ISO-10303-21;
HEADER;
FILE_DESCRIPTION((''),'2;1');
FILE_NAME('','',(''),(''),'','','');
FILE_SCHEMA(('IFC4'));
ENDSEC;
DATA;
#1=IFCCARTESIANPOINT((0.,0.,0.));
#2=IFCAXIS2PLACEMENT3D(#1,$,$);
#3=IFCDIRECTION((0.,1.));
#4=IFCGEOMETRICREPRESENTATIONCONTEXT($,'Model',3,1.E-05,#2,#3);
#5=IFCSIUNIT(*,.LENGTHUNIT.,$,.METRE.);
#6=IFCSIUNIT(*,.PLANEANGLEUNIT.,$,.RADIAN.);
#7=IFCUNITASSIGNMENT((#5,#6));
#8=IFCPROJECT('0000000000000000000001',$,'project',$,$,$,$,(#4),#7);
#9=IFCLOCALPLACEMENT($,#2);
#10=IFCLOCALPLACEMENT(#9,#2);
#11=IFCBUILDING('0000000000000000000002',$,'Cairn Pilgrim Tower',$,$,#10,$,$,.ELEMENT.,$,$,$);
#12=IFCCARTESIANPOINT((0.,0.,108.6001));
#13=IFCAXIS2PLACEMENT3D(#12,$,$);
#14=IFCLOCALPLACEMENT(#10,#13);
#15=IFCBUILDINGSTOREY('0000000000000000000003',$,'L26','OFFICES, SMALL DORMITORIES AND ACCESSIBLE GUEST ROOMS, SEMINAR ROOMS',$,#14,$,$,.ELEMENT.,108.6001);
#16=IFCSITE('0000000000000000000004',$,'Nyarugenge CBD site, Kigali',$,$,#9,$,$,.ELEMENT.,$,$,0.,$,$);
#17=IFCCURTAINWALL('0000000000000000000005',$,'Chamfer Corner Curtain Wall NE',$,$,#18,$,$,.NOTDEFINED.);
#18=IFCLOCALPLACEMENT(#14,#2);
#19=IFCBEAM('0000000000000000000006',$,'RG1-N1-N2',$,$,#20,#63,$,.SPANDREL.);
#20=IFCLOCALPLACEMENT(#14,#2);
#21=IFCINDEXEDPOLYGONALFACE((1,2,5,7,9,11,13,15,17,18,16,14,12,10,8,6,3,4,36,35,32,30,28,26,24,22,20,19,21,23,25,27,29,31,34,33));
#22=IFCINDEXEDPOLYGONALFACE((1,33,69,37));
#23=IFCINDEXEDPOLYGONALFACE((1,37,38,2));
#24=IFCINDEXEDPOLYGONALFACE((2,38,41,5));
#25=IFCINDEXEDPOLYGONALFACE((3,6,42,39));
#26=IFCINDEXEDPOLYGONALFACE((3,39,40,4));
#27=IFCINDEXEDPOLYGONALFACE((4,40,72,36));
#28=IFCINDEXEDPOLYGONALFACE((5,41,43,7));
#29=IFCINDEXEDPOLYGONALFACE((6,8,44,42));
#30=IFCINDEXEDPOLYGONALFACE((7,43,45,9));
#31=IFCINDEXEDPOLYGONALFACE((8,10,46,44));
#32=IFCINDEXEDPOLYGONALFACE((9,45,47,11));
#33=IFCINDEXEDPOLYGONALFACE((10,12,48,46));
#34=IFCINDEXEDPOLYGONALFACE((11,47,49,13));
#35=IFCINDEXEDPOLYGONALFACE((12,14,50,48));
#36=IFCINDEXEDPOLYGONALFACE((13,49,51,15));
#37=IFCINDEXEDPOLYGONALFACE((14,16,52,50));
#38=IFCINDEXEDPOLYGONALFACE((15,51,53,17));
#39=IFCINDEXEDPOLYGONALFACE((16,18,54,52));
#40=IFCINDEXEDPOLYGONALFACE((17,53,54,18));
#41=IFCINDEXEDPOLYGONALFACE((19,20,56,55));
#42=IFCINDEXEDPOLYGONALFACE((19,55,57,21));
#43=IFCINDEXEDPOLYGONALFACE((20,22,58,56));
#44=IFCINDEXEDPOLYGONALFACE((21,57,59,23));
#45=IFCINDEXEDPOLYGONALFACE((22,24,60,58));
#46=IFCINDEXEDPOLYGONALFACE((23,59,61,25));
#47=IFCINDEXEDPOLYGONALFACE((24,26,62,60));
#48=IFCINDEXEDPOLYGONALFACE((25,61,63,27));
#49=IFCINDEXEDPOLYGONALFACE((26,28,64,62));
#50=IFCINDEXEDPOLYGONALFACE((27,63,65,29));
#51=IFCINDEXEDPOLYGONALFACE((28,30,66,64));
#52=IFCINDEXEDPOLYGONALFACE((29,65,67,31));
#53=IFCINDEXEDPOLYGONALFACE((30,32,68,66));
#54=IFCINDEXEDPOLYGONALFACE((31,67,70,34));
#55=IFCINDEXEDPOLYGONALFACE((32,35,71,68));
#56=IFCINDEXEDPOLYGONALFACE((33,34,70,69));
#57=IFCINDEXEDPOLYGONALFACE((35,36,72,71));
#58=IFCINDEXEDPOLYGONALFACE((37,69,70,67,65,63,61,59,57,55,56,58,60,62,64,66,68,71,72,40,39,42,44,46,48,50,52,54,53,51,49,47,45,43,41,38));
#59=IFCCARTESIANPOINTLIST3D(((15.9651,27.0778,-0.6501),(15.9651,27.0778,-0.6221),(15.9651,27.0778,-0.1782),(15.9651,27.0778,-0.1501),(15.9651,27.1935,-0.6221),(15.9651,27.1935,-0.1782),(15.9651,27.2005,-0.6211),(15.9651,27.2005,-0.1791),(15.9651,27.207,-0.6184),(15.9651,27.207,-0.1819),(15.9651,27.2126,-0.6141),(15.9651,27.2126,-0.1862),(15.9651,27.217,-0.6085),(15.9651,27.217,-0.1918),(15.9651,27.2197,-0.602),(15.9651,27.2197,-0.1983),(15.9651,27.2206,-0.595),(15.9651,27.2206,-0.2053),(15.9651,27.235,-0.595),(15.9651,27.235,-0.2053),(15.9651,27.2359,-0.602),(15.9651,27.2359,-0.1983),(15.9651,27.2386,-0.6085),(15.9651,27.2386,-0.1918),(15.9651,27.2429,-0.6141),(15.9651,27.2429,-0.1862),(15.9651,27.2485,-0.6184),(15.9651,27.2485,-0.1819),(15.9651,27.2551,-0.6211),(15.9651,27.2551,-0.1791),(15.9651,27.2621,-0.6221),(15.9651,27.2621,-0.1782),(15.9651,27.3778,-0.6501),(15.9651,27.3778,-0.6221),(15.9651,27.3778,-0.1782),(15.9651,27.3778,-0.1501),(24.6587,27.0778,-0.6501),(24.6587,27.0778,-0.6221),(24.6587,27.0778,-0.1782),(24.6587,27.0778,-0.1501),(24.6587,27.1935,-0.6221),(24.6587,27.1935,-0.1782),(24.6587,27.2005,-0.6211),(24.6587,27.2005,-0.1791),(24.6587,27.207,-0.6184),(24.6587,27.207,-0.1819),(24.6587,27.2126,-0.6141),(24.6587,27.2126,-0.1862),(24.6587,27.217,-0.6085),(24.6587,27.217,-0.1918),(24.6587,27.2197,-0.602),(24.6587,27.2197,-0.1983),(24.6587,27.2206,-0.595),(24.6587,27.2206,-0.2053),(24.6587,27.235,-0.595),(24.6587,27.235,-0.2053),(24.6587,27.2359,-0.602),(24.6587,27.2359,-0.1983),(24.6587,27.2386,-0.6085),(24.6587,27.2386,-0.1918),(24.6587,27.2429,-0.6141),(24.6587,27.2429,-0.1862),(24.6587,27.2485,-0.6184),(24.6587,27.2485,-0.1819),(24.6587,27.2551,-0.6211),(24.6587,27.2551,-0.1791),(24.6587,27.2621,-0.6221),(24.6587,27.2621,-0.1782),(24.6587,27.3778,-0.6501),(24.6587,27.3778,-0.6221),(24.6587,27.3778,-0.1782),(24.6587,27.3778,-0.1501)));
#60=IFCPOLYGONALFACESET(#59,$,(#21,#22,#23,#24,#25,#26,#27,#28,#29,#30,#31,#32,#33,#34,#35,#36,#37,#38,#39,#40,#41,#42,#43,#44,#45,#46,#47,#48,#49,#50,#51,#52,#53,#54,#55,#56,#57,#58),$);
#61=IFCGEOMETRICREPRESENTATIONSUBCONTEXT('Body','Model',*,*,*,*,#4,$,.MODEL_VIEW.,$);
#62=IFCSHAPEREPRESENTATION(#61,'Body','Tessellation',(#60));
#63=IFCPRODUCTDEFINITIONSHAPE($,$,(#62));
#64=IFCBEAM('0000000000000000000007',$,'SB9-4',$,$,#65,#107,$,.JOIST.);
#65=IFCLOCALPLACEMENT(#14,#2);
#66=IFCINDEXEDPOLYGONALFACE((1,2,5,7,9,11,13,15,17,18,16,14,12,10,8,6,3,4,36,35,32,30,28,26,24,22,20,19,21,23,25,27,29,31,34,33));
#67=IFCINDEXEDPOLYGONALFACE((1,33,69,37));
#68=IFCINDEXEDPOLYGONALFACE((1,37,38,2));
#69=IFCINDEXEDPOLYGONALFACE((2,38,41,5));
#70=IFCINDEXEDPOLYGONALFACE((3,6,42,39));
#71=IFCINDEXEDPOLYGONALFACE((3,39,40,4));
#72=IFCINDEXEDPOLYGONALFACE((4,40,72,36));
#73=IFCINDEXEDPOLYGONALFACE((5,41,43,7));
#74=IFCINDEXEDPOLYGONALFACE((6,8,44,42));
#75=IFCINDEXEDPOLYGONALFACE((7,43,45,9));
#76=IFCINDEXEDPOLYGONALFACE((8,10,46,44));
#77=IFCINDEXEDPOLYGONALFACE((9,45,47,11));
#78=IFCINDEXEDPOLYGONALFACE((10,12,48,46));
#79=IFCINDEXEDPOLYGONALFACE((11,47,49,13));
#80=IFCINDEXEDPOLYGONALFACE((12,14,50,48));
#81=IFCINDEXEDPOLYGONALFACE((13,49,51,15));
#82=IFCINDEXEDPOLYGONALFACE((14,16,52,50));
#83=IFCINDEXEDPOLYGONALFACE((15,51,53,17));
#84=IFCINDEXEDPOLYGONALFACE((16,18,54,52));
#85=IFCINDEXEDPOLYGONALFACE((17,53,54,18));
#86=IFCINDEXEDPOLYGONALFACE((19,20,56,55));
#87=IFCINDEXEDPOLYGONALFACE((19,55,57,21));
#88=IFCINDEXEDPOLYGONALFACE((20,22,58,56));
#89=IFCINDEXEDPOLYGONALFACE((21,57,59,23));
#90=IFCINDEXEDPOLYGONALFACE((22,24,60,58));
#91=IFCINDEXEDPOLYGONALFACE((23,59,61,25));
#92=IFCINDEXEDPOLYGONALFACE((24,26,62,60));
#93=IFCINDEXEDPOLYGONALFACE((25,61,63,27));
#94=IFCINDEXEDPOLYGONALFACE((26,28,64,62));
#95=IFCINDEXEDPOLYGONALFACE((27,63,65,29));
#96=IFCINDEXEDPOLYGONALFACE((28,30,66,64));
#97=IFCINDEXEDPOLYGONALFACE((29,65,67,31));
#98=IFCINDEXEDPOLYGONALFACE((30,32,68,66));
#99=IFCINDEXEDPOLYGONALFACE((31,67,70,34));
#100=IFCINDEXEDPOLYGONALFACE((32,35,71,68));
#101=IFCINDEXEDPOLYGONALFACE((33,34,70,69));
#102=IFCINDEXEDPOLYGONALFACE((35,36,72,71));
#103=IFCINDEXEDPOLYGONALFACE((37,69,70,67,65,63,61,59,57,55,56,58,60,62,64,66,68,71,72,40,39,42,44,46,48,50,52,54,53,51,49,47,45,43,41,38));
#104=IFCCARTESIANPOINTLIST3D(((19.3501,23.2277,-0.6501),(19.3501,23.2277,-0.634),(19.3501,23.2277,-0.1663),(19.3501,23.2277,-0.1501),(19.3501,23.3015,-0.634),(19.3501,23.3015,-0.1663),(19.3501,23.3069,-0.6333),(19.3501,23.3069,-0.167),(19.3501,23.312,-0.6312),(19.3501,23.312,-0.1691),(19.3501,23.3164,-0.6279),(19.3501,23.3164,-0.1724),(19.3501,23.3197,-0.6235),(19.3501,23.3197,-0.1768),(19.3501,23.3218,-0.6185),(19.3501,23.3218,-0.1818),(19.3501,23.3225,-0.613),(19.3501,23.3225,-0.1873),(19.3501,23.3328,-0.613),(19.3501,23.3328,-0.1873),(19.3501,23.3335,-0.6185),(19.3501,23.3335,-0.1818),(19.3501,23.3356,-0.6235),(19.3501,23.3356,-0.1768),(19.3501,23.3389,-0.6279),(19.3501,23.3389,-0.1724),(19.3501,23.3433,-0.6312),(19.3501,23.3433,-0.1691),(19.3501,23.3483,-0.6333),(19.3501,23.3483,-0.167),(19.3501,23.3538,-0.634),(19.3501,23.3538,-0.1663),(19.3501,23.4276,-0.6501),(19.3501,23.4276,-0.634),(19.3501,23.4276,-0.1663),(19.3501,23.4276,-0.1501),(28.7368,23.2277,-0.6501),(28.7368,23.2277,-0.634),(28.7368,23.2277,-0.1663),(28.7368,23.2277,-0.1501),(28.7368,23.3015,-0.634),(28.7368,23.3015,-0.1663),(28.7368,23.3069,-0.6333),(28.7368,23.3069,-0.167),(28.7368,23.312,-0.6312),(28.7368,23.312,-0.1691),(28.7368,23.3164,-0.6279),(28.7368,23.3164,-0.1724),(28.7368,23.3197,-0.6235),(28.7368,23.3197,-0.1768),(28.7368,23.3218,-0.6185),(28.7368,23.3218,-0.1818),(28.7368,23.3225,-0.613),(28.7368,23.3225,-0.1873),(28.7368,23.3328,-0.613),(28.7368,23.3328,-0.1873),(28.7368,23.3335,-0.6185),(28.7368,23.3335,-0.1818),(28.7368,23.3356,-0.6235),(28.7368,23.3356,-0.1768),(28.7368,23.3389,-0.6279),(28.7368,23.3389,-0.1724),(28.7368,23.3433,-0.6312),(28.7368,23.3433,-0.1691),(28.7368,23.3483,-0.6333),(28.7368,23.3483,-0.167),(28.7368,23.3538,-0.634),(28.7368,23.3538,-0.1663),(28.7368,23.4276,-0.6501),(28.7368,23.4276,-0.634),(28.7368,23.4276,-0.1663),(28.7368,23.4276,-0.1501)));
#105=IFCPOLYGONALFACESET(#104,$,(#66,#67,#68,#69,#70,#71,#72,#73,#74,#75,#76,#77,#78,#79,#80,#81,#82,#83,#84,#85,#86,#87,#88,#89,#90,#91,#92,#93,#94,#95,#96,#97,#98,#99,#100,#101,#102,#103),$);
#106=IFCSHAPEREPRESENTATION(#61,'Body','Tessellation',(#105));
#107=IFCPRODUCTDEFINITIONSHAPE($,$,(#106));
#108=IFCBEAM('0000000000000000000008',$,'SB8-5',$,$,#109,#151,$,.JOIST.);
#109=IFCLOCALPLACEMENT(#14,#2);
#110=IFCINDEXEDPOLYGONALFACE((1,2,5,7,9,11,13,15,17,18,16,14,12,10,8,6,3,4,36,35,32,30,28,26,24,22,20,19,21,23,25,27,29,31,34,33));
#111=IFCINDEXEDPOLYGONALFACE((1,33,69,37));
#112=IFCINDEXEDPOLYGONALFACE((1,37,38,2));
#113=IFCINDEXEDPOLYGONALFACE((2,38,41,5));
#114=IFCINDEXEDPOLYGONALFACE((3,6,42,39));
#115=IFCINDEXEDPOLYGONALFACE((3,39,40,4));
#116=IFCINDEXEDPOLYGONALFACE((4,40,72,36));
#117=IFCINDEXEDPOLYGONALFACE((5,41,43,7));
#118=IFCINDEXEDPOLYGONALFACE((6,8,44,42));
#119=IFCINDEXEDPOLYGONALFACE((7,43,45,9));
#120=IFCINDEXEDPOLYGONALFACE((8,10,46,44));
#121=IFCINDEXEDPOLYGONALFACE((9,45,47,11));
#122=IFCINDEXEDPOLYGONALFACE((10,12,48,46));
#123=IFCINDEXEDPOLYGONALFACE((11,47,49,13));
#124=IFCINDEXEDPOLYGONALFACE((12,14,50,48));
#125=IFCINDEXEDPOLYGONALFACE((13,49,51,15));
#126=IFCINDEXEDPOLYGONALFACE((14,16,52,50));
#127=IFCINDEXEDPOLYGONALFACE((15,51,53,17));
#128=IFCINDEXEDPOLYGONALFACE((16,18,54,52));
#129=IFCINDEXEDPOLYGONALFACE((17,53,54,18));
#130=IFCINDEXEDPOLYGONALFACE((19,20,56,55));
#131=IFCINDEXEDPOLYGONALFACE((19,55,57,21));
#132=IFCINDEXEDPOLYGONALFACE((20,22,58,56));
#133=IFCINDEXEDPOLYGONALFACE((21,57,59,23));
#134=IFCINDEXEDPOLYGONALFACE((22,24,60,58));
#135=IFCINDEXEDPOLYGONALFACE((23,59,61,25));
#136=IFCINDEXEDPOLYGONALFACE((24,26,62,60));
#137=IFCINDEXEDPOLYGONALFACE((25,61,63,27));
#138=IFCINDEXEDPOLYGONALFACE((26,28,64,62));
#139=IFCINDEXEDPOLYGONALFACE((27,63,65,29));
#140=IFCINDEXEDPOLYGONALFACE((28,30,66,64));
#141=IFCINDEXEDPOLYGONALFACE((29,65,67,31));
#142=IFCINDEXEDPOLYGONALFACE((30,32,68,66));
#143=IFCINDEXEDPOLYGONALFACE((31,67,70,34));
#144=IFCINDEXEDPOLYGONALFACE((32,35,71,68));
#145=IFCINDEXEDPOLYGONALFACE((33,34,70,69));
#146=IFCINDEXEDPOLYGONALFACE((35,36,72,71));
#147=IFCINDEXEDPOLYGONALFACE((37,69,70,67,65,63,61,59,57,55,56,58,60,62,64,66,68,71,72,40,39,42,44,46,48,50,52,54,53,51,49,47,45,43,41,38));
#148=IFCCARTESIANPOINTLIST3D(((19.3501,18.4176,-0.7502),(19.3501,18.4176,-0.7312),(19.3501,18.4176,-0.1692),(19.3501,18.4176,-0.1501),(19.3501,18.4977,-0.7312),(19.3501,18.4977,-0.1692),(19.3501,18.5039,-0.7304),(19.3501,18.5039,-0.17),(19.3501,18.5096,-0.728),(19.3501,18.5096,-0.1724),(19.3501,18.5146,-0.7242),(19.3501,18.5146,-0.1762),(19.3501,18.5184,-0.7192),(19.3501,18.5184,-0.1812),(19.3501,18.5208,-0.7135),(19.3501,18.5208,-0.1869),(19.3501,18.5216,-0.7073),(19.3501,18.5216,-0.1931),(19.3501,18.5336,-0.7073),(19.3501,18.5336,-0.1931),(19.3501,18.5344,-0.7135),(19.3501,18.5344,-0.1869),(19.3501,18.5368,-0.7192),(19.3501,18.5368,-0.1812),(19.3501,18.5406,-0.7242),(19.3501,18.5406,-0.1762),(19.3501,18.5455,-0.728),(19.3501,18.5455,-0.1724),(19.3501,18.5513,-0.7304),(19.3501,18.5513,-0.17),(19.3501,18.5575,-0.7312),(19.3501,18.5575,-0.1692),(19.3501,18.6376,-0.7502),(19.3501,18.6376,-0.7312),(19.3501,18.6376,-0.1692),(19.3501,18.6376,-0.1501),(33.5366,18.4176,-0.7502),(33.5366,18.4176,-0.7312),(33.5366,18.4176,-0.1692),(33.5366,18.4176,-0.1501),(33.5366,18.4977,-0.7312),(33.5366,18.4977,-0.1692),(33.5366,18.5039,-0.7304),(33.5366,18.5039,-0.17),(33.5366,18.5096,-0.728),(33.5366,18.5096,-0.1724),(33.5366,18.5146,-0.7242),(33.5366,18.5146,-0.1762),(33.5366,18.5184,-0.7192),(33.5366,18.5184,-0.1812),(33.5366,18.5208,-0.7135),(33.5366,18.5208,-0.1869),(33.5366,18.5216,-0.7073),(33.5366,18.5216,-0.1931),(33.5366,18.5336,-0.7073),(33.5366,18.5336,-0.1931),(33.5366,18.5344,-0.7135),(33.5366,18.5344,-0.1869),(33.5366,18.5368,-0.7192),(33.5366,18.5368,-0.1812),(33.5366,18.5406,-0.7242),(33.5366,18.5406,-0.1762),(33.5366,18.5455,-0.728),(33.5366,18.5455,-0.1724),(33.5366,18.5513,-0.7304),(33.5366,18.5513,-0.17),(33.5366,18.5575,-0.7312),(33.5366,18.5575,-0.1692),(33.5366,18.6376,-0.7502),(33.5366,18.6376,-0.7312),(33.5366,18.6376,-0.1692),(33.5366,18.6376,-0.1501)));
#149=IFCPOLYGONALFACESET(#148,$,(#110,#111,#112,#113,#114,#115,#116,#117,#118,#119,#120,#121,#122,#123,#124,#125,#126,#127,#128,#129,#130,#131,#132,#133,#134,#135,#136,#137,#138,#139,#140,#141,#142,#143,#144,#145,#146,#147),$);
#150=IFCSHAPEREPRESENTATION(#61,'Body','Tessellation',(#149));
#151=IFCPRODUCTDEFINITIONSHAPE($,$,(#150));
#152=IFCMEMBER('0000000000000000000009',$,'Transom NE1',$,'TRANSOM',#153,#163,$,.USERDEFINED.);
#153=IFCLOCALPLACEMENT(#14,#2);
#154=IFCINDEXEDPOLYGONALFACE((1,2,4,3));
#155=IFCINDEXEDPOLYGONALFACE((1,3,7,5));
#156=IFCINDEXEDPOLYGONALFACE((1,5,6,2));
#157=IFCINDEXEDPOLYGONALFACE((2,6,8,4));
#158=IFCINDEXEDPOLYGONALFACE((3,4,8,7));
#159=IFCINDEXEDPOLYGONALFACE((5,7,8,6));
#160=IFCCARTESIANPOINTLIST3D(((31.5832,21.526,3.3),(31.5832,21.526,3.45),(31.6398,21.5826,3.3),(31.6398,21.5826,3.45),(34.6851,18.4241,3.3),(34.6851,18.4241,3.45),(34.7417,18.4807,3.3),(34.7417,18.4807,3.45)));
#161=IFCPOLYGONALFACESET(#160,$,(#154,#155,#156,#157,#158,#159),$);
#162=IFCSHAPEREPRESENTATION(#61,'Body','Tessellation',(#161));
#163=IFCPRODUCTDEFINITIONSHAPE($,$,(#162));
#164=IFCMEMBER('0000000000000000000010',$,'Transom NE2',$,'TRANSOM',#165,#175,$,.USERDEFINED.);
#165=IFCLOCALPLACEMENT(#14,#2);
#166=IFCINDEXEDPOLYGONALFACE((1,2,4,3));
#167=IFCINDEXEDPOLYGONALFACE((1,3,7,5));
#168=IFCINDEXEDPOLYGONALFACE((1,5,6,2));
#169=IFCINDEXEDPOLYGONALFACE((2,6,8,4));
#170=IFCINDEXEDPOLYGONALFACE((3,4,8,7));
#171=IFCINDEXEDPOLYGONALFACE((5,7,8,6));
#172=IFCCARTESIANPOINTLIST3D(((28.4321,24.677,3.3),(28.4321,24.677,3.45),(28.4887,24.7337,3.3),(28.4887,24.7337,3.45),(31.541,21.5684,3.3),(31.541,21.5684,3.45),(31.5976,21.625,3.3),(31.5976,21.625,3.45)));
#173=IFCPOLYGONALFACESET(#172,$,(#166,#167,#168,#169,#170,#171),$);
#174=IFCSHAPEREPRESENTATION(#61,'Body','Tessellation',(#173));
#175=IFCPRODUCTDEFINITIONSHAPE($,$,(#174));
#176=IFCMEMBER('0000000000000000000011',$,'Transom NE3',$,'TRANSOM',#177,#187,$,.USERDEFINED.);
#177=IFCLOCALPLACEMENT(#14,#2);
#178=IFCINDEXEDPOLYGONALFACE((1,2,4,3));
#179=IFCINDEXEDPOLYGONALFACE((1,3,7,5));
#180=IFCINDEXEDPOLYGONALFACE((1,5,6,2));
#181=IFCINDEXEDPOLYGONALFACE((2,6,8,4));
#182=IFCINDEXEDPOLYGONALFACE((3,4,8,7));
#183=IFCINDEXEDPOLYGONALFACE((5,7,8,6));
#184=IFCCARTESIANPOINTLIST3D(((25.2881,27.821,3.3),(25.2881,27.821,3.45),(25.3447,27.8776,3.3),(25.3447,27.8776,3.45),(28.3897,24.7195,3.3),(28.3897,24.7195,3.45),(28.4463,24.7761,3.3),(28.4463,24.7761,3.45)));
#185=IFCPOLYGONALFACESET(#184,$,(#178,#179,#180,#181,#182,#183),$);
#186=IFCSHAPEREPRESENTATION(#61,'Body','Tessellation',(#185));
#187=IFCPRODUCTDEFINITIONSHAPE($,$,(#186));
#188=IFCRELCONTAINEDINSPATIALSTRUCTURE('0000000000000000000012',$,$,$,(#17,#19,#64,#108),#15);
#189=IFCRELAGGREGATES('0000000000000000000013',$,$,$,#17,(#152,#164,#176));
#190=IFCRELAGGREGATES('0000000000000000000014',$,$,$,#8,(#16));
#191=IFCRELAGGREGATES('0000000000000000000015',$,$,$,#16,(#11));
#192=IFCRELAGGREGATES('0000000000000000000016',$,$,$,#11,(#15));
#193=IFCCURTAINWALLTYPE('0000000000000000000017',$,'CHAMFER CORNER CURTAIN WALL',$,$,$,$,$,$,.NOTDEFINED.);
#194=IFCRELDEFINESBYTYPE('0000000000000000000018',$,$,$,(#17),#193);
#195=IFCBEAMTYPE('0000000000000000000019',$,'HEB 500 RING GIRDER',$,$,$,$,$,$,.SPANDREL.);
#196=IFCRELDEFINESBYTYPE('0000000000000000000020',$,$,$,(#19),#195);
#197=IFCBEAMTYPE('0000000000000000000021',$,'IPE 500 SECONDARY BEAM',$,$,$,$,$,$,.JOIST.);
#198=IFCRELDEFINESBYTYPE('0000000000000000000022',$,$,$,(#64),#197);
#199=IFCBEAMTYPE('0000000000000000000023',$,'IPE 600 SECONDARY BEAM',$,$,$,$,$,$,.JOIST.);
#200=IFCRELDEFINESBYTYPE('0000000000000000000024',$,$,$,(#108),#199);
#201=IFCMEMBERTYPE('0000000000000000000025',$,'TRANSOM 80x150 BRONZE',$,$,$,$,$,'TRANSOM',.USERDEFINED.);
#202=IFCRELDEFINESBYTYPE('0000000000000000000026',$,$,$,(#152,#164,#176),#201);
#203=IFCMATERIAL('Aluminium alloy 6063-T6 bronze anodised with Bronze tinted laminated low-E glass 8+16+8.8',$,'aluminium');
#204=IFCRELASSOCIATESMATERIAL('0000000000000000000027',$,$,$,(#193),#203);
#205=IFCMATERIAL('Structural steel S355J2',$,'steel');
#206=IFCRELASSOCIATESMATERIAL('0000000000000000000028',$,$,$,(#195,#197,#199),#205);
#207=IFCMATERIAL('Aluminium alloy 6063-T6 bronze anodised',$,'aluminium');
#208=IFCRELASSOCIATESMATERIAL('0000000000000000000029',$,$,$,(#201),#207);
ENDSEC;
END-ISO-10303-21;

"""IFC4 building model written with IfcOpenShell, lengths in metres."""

from ifc_helpers import new_model, si_unit, direction, frame, origin, origin_2d, place, context, subcontext, project, spatial, rectangle, i_section, extrude, material, material_profile, profile_set, type_object, element, aggregate, save


model = new_model("IFC4")

# Units and contexts
model_context = context("Model", 3, precision=1e-05, world=origin(), true_north=direction((0.0, 1.0)))
body_context = subcontext(model_context, "Body", "Model", "MODEL_VIEW")
ifc_project = project(units=[si_unit("LENGTHUNIT", "METRE"), si_unit("PLANEANGLEUNIT", "RADIAN")], contexts=[model_context])

# Site, building, storey
site_placement = place(None, origin())
site = spatial("IfcSite", under=ifc_project, at=site_placement, Name="Nyarugenge CBD site, Kigali", CompositionType="ELEMENT", RefElevation=0.0)
building_placement = place(site_placement, origin())
building = spatial("IfcBuilding", under=site, at=building_placement, Name="Cairn Pilgrim Tower", CompositionType="ELEMENT")
storey_placement = place(building_placement, frame((0.0, 0.0, 108.6001)))
storey = spatial("IfcBuildingStorey", under=building, at=storey_placement, Name="L26", Description="OFFICES, SMALL DORMITORIES AND ACCESSIBLE GUEST ROOMS, SEMINAR ROOMS", CompositionType="ELEMENT", Elevation=108.6001)

# Shared definitions
ifc_material_1 = material(Name="Structural steel S355J2", Category="steel")

# Curtain wall
ifc_material_2 = material(Name="Aluminium alloy 6063-T6 bronze anodised with Bronze tinted laminated low-E glass 8+16+8.8", Category="aluminium")
curtain_wall_type_1 = type_object("IfcCurtainWallType", Name="CHAMFER CORNER CURTAIN WALL", PredefinedType="NOTDEFINED", material=ifc_material_2)
curtain_wall_1_placement = place(storey_placement, origin())
curtain_wall_1 = element("IfcCurtainWall", 1, at=curtain_wall_1_placement, inside=storey, type_object=curtain_wall_type_1, Name="Chamfer Corner Curtain Wall NE", PredefinedType="NOTDEFINED")
ifc_material_3 = material(Name="Aluminium alloy 6063-T6 bronze anodised", Category="aluminium")

# Beams
ifc_material_profile_1 = material_profile(ifc_material_1, i_section(OverallWidth=0.3, OverallDepth=0.5, WebThickness=0.0144, FlangeThickness=0.0281, FilletRadius=0.0271, at=origin_2d()), Name="HEB 500")
ifc_profile_set_1 = profile_set([ifc_material_profile_1], Name="Structural steel S355J2")
beam_type_1 = type_object("IfcBeamType", Name="HEB 500 RING GIRDER", PredefinedType="SPANDREL", material=ifc_profile_set_1)
beam_1_placement = place(storey_placement, frame((24.6587, 27.2278, -0.4001), z_axis=(-1.0, 0.0, 0.0), x_axis=(0.0, -1.0, 0.0)))
element("IfcBeam", 2, at=beam_1_placement, inside=storey, type_object=beam_type_1, Name="RG1-N1-N2", PredefinedType="SPANDREL", context=body_context, shape_type="SweptSolid", body=[
    extrude(i_section(OverallWidth=0.3, OverallDepth=0.5, WebThickness=0.0144, FlangeThickness=0.0281, FilletRadius=0.0271, at=origin_2d()), origin(), (0.0, 0.0, 1.0), 8.6936),
])
ifc_material_profile_2 = material_profile(ifc_material_1, i_section(OverallWidth=0.2, OverallDepth=0.5, WebThickness=0.0103, FlangeThickness=0.0161, FilletRadius=0.021, at=origin_2d()), Name="IPE 500")
ifc_profile_set_2 = profile_set([ifc_material_profile_2], Name="Structural steel S355J2")
beam_type_2 = type_object("IfcBeamType", Name="IPE 500 SECONDARY BEAM", PredefinedType="JOIST", material=ifc_profile_set_2)
beam_2_placement = place(storey_placement, frame((19.3501, 23.3276, -0.4001), z_axis=(1.0, 0.0, 0.0), x_axis=(0.0, 1.0, 0.0)))
element("IfcBeam", 3, at=beam_2_placement, inside=storey, type_object=beam_type_2, Name="SB9-4", PredefinedType="JOIST", context=body_context, shape_type="SweptSolid", body=[
    extrude(i_section(OverallWidth=0.2, OverallDepth=0.5, WebThickness=0.0103, FlangeThickness=0.0161, FilletRadius=0.021, at=origin_2d()), origin(), (0.0, 0.0, 1.0), 9.3867),
])
ifc_material_profile_3 = material_profile(ifc_material_1, i_section(OverallWidth=0.22, OverallDepth=0.6001, WebThickness=0.012, FlangeThickness=0.019, FilletRadius=0.0239, at=origin_2d()), Name="IPE 600")
ifc_profile_set_3 = profile_set([ifc_material_profile_3], Name="Structural steel S355J2")
beam_type_3 = type_object("IfcBeamType", Name="IPE 600 SECONDARY BEAM", PredefinedType="JOIST", material=ifc_profile_set_3)
beam_3_placement = place(storey_placement, frame((19.3501, 18.5276, -0.4502), z_axis=(1.0, 0.0, 0.0), x_axis=(0.0, 1.0, 0.0)))
element("IfcBeam", 4, at=beam_3_placement, inside=storey, type_object=beam_type_3, Name="SB8-5", PredefinedType="JOIST", context=body_context, shape_type="SweptSolid", body=[
    extrude(i_section(OverallWidth=0.22, OverallDepth=0.6001, WebThickness=0.012, FlangeThickness=0.019, FilletRadius=0.0239, at=origin_2d()), origin(), (0.0, 0.0, 1.0), 14.1865),
])

# Members
ifc_material_profile_4 = material_profile(ifc_material_3, rectangle(XDim=0.0801, YDim=0.1499, at=origin_2d()), Name="TRANSOM 80x150 BRONZE")
ifc_profile_set_4 = profile_set([ifc_material_profile_4], Name="Aluminium alloy 6063-T6 bronze anodised")
member_type_1 = type_object("IfcMemberType", Name="TRANSOM 80x150 BRONZE", ElementType="TRANSOM", PredefinedType="USERDEFINED", material=ifc_profile_set_4)
member_1_placement = place(storey_placement, frame((34.7134, 18.4524, 3.375), z_axis=(-0.707107, 0.707107, 0.0), x_axis=(-0.707107, -0.707107, 0.0)))
member_1 = element("IfcMember", 5, at=member_1_placement, type_object=member_type_1, Name="Transom NE1", ObjectType="TRANSOM", PredefinedType="USERDEFINED", context=body_context, shape_type="SweptSolid", body=[
    extrude(rectangle(XDim=0.0801, YDim=0.1499, at=origin_2d()), origin(), (0.0, 0.0, 1.0), 4.3867),
])
member_2_placement = place(storey_placement, frame((31.5693, 21.5967, 3.375), z_axis=(-0.707135, 0.707079, 0.0), x_axis=(-0.707079, -0.707135, 0.0)))
member_2 = element("IfcMember", 6, at=member_2_placement, type_object=member_type_1, Name="Transom NE2", ObjectType="TRANSOM", PredefinedType="USERDEFINED", context=body_context, shape_type="SweptSolid", body=[
    extrude(rectangle(XDim=0.0801, YDim=0.1499, at=origin_2d()), origin(), (0.0, 0.0, 1.0), 4.3965),
])
member_3_placement = place(storey_placement, frame((28.418, 24.7478, 3.375), z_axis=(-0.707107, 0.707107, 0.0), x_axis=(-0.707107, -0.707107, 0.0)))
member_3 = element("IfcMember", 7, at=member_3_placement, type_object=member_type_1, Name="Transom NE3", ObjectType="TRANSOM", PredefinedType="USERDEFINED", context=body_context, shape_type="SweptSolid", body=[
    extrude(rectangle(XDim=0.0801, YDim=0.1499, at=origin_2d()), origin(), (0.0, 0.0, 1.0), 4.3862),
])

aggregate(curtain_wall_1, [member_1, member_2, member_3])

save(model, "model.ifc")
